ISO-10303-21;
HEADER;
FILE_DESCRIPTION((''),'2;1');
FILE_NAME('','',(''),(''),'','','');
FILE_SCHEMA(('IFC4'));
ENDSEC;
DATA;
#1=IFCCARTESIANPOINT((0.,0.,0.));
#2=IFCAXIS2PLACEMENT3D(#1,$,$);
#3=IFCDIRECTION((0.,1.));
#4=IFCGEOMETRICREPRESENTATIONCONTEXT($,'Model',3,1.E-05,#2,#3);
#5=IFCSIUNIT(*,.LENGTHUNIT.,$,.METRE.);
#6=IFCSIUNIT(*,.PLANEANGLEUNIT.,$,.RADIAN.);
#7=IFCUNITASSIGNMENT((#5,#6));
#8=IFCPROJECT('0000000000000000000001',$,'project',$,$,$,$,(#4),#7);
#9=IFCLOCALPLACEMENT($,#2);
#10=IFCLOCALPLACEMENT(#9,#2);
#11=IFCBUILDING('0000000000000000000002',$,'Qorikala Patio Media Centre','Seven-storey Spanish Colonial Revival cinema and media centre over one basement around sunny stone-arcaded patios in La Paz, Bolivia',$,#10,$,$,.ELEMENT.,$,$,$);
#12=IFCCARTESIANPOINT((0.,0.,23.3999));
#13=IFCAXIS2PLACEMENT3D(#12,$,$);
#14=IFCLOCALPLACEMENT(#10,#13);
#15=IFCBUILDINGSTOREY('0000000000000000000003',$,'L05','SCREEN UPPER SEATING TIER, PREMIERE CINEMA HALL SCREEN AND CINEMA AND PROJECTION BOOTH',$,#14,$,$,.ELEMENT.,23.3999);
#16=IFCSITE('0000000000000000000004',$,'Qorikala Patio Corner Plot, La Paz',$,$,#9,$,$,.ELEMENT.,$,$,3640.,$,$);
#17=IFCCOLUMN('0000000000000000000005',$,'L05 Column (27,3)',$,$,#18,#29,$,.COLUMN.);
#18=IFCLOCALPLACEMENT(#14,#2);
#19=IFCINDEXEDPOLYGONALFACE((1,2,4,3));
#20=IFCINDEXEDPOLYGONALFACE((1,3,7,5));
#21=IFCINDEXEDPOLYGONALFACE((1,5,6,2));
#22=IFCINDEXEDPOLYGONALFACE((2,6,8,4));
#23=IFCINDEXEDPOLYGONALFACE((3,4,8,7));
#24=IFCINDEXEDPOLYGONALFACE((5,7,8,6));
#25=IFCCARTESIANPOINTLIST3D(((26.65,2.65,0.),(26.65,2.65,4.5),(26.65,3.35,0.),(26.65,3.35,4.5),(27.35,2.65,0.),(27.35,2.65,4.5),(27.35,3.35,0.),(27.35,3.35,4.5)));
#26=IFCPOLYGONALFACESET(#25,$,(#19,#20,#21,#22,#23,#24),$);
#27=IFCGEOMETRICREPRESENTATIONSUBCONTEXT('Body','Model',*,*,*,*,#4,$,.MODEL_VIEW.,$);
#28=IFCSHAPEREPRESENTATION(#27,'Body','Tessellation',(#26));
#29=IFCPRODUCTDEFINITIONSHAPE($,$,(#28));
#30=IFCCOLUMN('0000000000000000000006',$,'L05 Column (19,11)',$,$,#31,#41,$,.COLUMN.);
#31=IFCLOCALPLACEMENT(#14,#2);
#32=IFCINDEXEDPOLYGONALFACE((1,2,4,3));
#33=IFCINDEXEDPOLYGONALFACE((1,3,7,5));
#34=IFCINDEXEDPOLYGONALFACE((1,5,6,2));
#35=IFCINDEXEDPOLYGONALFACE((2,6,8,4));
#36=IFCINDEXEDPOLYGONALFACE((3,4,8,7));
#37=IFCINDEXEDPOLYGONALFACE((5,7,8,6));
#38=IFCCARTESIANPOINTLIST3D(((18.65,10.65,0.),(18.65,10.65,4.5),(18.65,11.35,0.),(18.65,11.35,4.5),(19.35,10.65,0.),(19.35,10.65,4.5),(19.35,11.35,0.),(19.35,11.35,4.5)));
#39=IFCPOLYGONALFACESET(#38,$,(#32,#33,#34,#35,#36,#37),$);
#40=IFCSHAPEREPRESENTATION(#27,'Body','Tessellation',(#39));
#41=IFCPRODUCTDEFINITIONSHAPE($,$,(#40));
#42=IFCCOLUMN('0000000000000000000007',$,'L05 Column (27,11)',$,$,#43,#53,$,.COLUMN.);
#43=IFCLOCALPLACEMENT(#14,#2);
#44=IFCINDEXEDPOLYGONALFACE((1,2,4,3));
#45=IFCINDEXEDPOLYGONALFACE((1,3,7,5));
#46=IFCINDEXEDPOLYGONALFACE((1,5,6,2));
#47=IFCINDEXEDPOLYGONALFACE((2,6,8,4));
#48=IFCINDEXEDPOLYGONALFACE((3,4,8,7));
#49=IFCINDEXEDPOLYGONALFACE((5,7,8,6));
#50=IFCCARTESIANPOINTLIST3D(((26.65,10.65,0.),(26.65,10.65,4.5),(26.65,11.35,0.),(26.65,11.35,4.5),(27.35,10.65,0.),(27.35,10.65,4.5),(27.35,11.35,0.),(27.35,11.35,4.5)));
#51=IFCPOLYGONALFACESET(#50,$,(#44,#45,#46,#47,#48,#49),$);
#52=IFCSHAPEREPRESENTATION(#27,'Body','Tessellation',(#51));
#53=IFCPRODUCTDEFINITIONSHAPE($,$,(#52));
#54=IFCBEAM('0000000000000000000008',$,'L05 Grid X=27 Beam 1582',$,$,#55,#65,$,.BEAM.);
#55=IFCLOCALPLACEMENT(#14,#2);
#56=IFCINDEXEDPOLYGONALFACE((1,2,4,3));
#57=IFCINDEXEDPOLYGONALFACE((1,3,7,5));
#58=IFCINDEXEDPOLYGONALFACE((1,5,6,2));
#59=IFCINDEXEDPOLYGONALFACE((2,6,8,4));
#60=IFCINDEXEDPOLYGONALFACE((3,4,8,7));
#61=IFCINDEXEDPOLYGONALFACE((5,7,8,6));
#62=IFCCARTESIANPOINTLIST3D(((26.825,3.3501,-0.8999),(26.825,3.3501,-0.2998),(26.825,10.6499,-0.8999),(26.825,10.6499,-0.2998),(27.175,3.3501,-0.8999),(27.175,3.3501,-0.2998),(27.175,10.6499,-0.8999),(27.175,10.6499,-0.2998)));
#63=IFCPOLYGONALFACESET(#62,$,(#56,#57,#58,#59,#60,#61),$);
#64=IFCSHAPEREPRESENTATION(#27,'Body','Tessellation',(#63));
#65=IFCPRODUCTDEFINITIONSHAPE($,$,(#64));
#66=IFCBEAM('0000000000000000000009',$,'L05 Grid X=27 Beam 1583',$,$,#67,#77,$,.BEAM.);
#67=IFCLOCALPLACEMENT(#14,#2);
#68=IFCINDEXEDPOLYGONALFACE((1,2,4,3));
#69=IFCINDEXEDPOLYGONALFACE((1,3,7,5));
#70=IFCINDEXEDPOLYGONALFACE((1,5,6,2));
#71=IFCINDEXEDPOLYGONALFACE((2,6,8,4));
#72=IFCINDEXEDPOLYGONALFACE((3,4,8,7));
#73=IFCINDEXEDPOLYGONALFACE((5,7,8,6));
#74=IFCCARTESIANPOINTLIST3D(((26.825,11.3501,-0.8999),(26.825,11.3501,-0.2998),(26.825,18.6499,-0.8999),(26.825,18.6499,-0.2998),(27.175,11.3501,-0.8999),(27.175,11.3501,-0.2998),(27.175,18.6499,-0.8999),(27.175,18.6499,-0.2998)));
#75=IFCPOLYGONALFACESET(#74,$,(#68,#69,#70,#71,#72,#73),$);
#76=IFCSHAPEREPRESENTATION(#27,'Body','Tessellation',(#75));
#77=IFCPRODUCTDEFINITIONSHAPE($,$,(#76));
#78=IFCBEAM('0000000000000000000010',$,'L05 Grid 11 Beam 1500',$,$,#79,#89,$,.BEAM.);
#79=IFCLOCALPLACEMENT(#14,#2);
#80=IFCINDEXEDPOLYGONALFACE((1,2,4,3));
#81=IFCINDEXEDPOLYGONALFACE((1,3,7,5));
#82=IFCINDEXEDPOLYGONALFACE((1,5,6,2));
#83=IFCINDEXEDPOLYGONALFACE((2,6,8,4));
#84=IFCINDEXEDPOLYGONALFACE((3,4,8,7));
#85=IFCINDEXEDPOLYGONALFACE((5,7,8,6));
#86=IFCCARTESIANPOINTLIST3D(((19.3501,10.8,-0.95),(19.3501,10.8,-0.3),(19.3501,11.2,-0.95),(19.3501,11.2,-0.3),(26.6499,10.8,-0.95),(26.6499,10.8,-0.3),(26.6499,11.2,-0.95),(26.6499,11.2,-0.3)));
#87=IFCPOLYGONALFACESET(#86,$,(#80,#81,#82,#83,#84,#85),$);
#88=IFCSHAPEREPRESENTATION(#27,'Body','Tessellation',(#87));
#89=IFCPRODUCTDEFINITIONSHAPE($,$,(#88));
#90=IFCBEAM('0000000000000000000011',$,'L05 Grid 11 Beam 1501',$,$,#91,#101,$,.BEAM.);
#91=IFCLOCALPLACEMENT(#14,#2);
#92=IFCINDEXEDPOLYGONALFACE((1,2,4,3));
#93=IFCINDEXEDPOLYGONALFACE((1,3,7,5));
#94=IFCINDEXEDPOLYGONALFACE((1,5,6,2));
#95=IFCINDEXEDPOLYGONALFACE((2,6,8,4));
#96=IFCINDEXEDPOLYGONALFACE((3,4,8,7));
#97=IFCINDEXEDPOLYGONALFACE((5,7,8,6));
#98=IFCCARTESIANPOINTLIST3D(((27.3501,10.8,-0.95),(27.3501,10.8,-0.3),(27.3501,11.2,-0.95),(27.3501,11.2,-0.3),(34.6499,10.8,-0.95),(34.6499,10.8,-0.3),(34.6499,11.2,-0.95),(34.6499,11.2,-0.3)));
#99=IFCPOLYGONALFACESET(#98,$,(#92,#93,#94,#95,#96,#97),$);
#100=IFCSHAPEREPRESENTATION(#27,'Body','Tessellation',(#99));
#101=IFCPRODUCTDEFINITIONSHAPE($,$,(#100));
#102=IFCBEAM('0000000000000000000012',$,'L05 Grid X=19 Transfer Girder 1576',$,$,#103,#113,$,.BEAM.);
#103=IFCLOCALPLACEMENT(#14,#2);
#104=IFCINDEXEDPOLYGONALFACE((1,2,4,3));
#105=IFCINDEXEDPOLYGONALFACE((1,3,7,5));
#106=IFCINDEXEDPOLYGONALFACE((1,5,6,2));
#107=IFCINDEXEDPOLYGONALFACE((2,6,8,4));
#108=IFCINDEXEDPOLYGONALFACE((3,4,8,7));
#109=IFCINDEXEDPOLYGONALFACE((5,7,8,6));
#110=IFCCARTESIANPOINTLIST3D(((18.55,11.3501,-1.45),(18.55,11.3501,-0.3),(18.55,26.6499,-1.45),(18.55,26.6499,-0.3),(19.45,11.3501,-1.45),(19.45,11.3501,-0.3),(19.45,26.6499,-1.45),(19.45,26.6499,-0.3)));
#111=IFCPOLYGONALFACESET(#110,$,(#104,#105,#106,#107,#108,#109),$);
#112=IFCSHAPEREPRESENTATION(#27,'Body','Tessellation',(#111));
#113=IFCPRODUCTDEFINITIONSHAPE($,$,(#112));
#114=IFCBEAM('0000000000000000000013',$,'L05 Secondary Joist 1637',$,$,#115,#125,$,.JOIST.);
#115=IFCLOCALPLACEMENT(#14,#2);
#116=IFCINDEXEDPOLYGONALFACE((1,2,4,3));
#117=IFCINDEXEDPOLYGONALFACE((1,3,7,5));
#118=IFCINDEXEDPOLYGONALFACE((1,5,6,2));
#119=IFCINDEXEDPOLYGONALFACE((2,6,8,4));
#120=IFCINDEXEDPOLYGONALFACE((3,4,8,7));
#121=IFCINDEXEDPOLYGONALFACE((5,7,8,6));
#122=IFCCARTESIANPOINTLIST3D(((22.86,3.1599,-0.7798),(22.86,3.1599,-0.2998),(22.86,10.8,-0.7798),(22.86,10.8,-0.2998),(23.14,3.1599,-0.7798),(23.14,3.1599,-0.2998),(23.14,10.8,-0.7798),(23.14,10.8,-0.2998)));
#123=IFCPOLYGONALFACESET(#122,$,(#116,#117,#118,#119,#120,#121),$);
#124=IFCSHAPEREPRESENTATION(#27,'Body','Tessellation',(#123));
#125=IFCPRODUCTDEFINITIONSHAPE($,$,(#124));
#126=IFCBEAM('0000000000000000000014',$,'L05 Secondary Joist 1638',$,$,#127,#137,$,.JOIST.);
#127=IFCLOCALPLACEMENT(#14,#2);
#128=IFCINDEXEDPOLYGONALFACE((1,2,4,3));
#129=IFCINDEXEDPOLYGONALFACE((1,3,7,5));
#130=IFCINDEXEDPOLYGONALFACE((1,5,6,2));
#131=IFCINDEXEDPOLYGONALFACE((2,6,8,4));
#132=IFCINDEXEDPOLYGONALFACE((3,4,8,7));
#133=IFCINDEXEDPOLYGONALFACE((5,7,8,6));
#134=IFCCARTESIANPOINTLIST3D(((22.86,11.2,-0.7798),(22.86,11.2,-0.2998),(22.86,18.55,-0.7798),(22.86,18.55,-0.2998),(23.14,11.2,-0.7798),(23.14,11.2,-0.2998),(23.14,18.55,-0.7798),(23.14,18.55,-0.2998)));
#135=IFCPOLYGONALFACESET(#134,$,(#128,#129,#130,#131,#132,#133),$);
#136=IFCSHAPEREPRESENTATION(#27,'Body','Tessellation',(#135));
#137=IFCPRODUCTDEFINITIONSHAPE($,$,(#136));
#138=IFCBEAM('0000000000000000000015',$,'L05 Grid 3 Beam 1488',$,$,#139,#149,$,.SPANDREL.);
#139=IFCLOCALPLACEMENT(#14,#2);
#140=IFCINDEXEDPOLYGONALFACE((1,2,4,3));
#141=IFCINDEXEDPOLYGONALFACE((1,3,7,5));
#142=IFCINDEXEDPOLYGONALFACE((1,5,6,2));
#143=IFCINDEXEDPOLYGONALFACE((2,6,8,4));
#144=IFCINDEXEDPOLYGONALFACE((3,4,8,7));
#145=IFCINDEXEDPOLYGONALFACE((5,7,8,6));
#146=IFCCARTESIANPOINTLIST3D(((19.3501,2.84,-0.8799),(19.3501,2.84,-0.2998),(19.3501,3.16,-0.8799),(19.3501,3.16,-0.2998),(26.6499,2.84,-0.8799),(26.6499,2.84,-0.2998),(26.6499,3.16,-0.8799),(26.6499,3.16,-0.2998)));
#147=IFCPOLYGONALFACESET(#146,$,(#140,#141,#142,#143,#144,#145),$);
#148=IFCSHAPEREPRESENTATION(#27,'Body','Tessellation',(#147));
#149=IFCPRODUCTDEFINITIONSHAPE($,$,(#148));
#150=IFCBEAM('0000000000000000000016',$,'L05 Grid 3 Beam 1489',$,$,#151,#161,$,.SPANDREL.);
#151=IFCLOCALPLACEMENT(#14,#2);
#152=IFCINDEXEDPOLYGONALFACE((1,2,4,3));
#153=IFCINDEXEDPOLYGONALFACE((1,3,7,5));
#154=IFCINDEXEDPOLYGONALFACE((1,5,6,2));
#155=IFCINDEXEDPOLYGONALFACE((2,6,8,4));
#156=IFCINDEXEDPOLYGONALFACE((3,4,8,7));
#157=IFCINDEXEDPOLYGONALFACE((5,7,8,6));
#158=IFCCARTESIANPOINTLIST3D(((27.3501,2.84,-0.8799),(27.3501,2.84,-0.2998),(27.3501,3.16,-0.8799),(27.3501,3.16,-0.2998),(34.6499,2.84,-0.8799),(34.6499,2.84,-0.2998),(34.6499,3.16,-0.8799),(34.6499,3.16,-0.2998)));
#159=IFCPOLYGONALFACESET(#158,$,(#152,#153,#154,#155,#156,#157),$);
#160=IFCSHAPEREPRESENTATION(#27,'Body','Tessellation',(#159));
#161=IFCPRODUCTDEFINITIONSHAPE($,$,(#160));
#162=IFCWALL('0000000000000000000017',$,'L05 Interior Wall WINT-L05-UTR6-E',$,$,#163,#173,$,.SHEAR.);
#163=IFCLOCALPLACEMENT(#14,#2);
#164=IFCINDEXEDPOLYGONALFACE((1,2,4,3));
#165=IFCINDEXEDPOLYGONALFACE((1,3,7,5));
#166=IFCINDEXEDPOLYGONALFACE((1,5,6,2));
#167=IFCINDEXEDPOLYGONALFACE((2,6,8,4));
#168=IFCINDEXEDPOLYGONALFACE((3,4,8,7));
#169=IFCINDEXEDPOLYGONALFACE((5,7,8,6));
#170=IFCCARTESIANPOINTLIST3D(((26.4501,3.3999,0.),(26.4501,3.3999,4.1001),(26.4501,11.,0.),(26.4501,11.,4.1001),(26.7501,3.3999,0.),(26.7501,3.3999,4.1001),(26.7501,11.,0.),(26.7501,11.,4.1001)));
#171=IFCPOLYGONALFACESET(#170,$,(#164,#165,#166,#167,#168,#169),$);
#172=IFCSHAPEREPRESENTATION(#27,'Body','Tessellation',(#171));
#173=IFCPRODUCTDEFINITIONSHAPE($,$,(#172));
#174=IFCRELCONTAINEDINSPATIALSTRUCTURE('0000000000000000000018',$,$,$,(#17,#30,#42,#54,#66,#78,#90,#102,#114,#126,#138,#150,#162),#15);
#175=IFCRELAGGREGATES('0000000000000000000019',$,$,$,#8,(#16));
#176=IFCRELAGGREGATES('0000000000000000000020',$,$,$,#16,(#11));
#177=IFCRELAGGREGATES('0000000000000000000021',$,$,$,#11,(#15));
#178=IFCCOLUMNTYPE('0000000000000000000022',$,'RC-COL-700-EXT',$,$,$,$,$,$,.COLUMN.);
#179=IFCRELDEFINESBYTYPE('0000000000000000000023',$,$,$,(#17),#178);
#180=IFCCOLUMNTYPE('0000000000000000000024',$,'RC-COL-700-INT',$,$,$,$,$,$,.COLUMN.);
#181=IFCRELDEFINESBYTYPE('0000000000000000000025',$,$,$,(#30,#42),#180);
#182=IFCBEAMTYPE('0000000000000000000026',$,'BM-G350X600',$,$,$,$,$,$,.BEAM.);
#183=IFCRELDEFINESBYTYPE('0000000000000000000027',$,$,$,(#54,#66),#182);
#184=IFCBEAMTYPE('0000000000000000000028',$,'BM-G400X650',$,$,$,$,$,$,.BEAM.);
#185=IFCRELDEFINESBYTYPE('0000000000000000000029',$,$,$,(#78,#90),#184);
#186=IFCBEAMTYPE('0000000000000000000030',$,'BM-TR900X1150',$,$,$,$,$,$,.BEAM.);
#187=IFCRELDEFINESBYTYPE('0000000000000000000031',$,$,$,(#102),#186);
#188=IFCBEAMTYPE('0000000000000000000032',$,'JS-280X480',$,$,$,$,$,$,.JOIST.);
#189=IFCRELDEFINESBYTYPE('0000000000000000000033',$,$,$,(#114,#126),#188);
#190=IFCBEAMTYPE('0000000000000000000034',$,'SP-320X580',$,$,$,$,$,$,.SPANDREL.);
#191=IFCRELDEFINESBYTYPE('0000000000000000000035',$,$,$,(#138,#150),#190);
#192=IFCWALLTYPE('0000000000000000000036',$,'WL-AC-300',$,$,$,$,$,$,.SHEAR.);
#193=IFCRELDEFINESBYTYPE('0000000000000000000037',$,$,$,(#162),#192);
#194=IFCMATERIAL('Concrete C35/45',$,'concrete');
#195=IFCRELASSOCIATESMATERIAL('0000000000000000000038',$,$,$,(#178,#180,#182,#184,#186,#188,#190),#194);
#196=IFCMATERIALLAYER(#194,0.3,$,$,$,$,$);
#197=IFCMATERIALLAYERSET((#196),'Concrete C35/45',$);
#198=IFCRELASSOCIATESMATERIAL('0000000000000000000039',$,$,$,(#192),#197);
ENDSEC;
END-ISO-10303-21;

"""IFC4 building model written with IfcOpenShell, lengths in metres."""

from ifc_helpers import new_model, si_unit, direction, frame, frame_2d, origin, origin_2d, place, context, subcontext, project, spatial, rectangle, extrude, material, layer, layer_set, material_profile, profile_set, type_object, element, save


model = new_model("IFC4")

# Units and contexts
model_context = context("Model", 3, precision=1e-05, world=origin(), true_north=direction((0.0, 1.0)))
body_context = subcontext(model_context, "Body", "Model", "MODEL_VIEW")
ifc_project = project(units=[si_unit("LENGTHUNIT", "METRE"), si_unit("PLANEANGLEUNIT", "RADIAN")], contexts=[model_context])

# Site, building, storey
site_placement = place(None, origin())
site = spatial("IfcSite", under=ifc_project, at=site_placement, Name="Qorikala Patio Corner Plot, La Paz", CompositionType="ELEMENT", RefElevation=3640.0)
building_placement = place(site_placement, origin())
building = spatial("IfcBuilding", under=site, at=building_placement, Name="Qorikala Patio Media Centre", Description="Seven-storey Spanish Colonial Revival cinema and media centre over one basement around sunny stone-arcaded patios in La Paz, Bolivia", CompositionType="ELEMENT")
storey_placement = place(building_placement, frame((0.0, 0.0, 23.3999)))
storey = spatial("IfcBuildingStorey", under=building, at=storey_placement, Name="L05", Description="SCREEN UPPER SEATING TIER, PREMIERE CINEMA HALL SCREEN AND CINEMA AND PROJECTION BOOTH", CompositionType="ELEMENT", Elevation=23.3999)

# Columns
ifc_material_1 = material(Name="Concrete C35/45", Category="concrete")
ifc_material_profile_1 = material_profile(ifc_material_1, rectangle(XDim=0.7, YDim=0.7, at=origin_2d()), Name="RC 700x700")
ifc_profile_set_1 = profile_set([ifc_material_profile_1], Name="Concrete C35/45")
column_type_1 = type_object("IfcColumnType", Name="RC-COL-700-EXT", PredefinedType="COLUMN", material=ifc_profile_set_1)
column_placement = place(storey_placement, frame((27.0, 3.0, 0.0), z_axis=(0.0, 0.0, 1.0), x_axis=(1.0, 0.0, 0.0)))
element("IfcColumn", 1, at=column_placement, inside=storey, type_object=column_type_1, Name="L05 Column (27,3)", PredefinedType="COLUMN", context=body_context, shape_type="SweptSolid", body=[
    extrude(rectangle(XDim=0.7, YDim=0.7, at=origin_2d()), origin(), (0.0, 0.0, 1.0), 4.5),
])
ifc_material_profile_2 = material_profile(ifc_material_1, rectangle(XDim=0.7, YDim=0.7, at=origin_2d()), Name="RC 700x700")
ifc_profile_set_2 = profile_set([ifc_material_profile_2], Name="Concrete C35/45")
column_type_2 = type_object("IfcColumnType", Name="RC-COL-700-INT", PredefinedType="COLUMN", material=ifc_profile_set_2)
for number, where, z_axis, x_axis, name in (
    (2, (19.0, 11.0, 0.0), (0.0, 0.0, 1.0), (1.0, 0.0, 0.0), "L05 Column (19,11)"),
    (3, (27.0, 11.0, 0.0), (0.0, 0.0, 1.0), (1.0, 0.0, 0.0), "L05 Column (27,11)"),
):
    element("IfcColumn", number, at=place(storey_placement, frame(where, z_axis=z_axis, x_axis=x_axis)), inside=storey, type_object=column_type_2, Name=name, PredefinedType="COLUMN", context=body_context, shape_type="SweptSolid", body=[
        extrude(rectangle(XDim=0.7, YDim=0.7, at=origin_2d()), origin(), (0.0, 0.0, 1.0), 4.5),
    ])

# Beams
ifc_material_profile_3 = material_profile(ifc_material_1, rectangle(XDim=0.3501, YDim=0.6001, at=origin_2d()), Name="RC 350x600")
ifc_profile_set_3 = profile_set([ifc_material_profile_3], Name="Concrete C35/45")
beam_type_1 = type_object("IfcBeamType", Name="BM-G350X600", PredefinedType="BEAM", material=ifc_profile_set_3)
for number, where, z_axis, x_axis, name in (
    (4, (27.0, 3.3501, -0.5999), (0.0, 1.0, 0.0), (-1.0, 0.0, 0.0), "L05 Grid X=27 Beam 1582"),
    (5, (27.0, 11.3501, -0.5999), (0.0, 1.0, 0.0), (-1.0, 0.0, 0.0), "L05 Grid X=27 Beam 1583"),
):
    element("IfcBeam", number, at=place(storey_placement, frame(where, z_axis=z_axis, x_axis=x_axis)), inside=storey, type_object=beam_type_1, Name=name, PredefinedType="BEAM", context=body_context, shape_type="SweptSolid", body=[
        extrude(rectangle(XDim=0.3501, YDim=0.6001, at=origin_2d()), origin(), (0.0, 0.0, 1.0), 7.2998),
    ])
ifc_material_profile_4 = material_profile(ifc_material_1, rectangle(XDim=0.3999, YDim=0.6499, at=origin_2d()), Name="RC 400x650")
ifc_profile_set_4 = profile_set([ifc_material_profile_4], Name="Concrete C35/45")
beam_type_2 = type_object("IfcBeamType", Name="BM-G400X650", PredefinedType="BEAM", material=ifc_profile_set_4)
for number, where, z_axis, x_axis, name in (
    (6, (19.3501, 11.0, -0.625), (1.0, 0.0, 0.0), (0.0, 1.0, 0.0), "L05 Grid 11 Beam 1500"),
    (7, (27.3501, 11.0, -0.625), (1.0, 0.0, 0.0), (0.0, 1.0, 0.0), "L05 Grid 11 Beam 1501"),
):
    element("IfcBeam", number, at=place(storey_placement, frame(where, z_axis=z_axis, x_axis=x_axis)), inside=storey, type_object=beam_type_2, Name=name, PredefinedType="BEAM", context=body_context, shape_type="SweptSolid", body=[
        extrude(rectangle(XDim=0.3999, YDim=0.6499, at=origin_2d()), origin(), (0.0, 0.0, 1.0), 7.2998),
    ])
ifc_material_profile_5 = material_profile(ifc_material_1, rectangle(XDim=0.8999, YDim=1.1499, at=origin_2d()), Name="RC 900x1150")
ifc_profile_set_5 = profile_set([ifc_material_profile_5], Name="Concrete C35/45")
beam_type_3 = type_object("IfcBeamType", Name="BM-TR900X1150", PredefinedType="BEAM", material=ifc_profile_set_5)
beam_1_placement = place(storey_placement, frame((19.0, 11.3501, -0.875), z_axis=(0.0, 1.0, 0.0), x_axis=(-1.0, 0.0, 0.0)))
element("IfcBeam", 8, at=beam_1_placement, inside=storey, type_object=beam_type_3, Name="L05 Grid X=19 Transfer Girder 1576", PredefinedType="BEAM", context=body_context, shape_type="SweptSolid", body=[
    extrude(rectangle(XDim=0.8999, YDim=1.1499, at=origin_2d()), origin(), (0.0, 0.0, 1.0), 15.2998),
])
ifc_material_profile_6 = material_profile(ifc_material_1, rectangle(XDim=0.28, YDim=0.48, at=origin_2d()), Name="RC 280x480")
ifc_profile_set_6 = profile_set([ifc_material_profile_6], Name="Concrete C35/45")
beam_type_4 = type_object("IfcBeamType", Name="JS-280X480", PredefinedType="JOIST", material=ifc_profile_set_6)
beam_2_placement = place(storey_placement, frame((23.0, 3.1599, -0.5398), z_axis=(0.0, 1.0, 0.0), x_axis=(-1.0, 0.0, 0.0)))
element("IfcBeam", 9, at=beam_2_placement, inside=storey, type_object=beam_type_4, Name="L05 Secondary Joist 1637", PredefinedType="JOIST", context=body_context, shape_type="SweptSolid", body=[
    extrude(rectangle(XDim=0.28, YDim=0.48, at=origin_2d()), origin(), (0.0, 0.0, 1.0), 7.6401),
])
beam_3_placement = place(storey_placement, frame((23.0, 11.2, -0.5398), z_axis=(0.0, 1.0, 0.0), x_axis=(-1.0, 0.0, 0.0)))
element("IfcBeam", 10, at=beam_3_placement, inside=storey, type_object=beam_type_4, Name="L05 Secondary Joist 1638", PredefinedType="JOIST", context=body_context, shape_type="SweptSolid", body=[
    extrude(rectangle(XDim=0.28, YDim=0.48, at=origin_2d()), origin(), (0.0, 0.0, 1.0), 7.3501),
])
ifc_material_profile_7 = material_profile(ifc_material_1, rectangle(XDim=0.3201, YDim=0.5801, at=origin_2d()), Name="RC 320x580")
ifc_profile_set_7 = profile_set([ifc_material_profile_7], Name="Concrete C35/45")
beam_type_5 = type_object("IfcBeamType", Name="SP-320X580", PredefinedType="SPANDREL", material=ifc_profile_set_7)
for number, where, z_axis, x_axis, name in (
    (11, (19.3501, 3.0, -0.5898), (1.0, 0.0, 0.0), (0.0, 1.0, 0.0), "L05 Grid 3 Beam 1488"),
    (12, (27.3501, 3.0, -0.5898), (1.0, 0.0, 0.0), (0.0, 1.0, 0.0), "L05 Grid 3 Beam 1489"),
):
    element("IfcBeam", number, at=place(storey_placement, frame(where, z_axis=z_axis, x_axis=x_axis)), inside=storey, type_object=beam_type_5, Name=name, PredefinedType="SPANDREL", context=body_context, shape_type="SweptSolid", body=[
        extrude(rectangle(XDim=0.3201, YDim=0.5801, at=origin_2d()), origin(), (0.0, 0.0, 1.0), 7.2998),
    ])

# Wall
ifc_layer_1 = layer(ifc_material_1, 0.3)
ifc_layer_set_1 = layer_set([ifc_layer_1], Name="Concrete C35/45")
wall_type_1 = type_object("IfcWallType", Name="WL-AC-300", PredefinedType="SHEAR", material=ifc_layer_set_1)
wall_1_placement = place(storey_placement, frame((26.6001, 3.3999, 0.0), z_axis=(0.0, 0.0, 1.0), x_axis=(0.0, 1.0, 0.0)))
element("IfcWall", 13, at=wall_1_placement, inside=storey, type_object=wall_type_1, Name="L05 Interior Wall WINT-L05-UTR6-E", PredefinedType="SHEAR", context=body_context, shape_type="SweptSolid", body=[
    extrude(rectangle(XDim=7.6001, YDim=0.3, at=frame_2d((3.8, 0.0))), origin(), (0.0, 0.0, 1.0), 4.1001),
])

save(model, "model.ifc")
